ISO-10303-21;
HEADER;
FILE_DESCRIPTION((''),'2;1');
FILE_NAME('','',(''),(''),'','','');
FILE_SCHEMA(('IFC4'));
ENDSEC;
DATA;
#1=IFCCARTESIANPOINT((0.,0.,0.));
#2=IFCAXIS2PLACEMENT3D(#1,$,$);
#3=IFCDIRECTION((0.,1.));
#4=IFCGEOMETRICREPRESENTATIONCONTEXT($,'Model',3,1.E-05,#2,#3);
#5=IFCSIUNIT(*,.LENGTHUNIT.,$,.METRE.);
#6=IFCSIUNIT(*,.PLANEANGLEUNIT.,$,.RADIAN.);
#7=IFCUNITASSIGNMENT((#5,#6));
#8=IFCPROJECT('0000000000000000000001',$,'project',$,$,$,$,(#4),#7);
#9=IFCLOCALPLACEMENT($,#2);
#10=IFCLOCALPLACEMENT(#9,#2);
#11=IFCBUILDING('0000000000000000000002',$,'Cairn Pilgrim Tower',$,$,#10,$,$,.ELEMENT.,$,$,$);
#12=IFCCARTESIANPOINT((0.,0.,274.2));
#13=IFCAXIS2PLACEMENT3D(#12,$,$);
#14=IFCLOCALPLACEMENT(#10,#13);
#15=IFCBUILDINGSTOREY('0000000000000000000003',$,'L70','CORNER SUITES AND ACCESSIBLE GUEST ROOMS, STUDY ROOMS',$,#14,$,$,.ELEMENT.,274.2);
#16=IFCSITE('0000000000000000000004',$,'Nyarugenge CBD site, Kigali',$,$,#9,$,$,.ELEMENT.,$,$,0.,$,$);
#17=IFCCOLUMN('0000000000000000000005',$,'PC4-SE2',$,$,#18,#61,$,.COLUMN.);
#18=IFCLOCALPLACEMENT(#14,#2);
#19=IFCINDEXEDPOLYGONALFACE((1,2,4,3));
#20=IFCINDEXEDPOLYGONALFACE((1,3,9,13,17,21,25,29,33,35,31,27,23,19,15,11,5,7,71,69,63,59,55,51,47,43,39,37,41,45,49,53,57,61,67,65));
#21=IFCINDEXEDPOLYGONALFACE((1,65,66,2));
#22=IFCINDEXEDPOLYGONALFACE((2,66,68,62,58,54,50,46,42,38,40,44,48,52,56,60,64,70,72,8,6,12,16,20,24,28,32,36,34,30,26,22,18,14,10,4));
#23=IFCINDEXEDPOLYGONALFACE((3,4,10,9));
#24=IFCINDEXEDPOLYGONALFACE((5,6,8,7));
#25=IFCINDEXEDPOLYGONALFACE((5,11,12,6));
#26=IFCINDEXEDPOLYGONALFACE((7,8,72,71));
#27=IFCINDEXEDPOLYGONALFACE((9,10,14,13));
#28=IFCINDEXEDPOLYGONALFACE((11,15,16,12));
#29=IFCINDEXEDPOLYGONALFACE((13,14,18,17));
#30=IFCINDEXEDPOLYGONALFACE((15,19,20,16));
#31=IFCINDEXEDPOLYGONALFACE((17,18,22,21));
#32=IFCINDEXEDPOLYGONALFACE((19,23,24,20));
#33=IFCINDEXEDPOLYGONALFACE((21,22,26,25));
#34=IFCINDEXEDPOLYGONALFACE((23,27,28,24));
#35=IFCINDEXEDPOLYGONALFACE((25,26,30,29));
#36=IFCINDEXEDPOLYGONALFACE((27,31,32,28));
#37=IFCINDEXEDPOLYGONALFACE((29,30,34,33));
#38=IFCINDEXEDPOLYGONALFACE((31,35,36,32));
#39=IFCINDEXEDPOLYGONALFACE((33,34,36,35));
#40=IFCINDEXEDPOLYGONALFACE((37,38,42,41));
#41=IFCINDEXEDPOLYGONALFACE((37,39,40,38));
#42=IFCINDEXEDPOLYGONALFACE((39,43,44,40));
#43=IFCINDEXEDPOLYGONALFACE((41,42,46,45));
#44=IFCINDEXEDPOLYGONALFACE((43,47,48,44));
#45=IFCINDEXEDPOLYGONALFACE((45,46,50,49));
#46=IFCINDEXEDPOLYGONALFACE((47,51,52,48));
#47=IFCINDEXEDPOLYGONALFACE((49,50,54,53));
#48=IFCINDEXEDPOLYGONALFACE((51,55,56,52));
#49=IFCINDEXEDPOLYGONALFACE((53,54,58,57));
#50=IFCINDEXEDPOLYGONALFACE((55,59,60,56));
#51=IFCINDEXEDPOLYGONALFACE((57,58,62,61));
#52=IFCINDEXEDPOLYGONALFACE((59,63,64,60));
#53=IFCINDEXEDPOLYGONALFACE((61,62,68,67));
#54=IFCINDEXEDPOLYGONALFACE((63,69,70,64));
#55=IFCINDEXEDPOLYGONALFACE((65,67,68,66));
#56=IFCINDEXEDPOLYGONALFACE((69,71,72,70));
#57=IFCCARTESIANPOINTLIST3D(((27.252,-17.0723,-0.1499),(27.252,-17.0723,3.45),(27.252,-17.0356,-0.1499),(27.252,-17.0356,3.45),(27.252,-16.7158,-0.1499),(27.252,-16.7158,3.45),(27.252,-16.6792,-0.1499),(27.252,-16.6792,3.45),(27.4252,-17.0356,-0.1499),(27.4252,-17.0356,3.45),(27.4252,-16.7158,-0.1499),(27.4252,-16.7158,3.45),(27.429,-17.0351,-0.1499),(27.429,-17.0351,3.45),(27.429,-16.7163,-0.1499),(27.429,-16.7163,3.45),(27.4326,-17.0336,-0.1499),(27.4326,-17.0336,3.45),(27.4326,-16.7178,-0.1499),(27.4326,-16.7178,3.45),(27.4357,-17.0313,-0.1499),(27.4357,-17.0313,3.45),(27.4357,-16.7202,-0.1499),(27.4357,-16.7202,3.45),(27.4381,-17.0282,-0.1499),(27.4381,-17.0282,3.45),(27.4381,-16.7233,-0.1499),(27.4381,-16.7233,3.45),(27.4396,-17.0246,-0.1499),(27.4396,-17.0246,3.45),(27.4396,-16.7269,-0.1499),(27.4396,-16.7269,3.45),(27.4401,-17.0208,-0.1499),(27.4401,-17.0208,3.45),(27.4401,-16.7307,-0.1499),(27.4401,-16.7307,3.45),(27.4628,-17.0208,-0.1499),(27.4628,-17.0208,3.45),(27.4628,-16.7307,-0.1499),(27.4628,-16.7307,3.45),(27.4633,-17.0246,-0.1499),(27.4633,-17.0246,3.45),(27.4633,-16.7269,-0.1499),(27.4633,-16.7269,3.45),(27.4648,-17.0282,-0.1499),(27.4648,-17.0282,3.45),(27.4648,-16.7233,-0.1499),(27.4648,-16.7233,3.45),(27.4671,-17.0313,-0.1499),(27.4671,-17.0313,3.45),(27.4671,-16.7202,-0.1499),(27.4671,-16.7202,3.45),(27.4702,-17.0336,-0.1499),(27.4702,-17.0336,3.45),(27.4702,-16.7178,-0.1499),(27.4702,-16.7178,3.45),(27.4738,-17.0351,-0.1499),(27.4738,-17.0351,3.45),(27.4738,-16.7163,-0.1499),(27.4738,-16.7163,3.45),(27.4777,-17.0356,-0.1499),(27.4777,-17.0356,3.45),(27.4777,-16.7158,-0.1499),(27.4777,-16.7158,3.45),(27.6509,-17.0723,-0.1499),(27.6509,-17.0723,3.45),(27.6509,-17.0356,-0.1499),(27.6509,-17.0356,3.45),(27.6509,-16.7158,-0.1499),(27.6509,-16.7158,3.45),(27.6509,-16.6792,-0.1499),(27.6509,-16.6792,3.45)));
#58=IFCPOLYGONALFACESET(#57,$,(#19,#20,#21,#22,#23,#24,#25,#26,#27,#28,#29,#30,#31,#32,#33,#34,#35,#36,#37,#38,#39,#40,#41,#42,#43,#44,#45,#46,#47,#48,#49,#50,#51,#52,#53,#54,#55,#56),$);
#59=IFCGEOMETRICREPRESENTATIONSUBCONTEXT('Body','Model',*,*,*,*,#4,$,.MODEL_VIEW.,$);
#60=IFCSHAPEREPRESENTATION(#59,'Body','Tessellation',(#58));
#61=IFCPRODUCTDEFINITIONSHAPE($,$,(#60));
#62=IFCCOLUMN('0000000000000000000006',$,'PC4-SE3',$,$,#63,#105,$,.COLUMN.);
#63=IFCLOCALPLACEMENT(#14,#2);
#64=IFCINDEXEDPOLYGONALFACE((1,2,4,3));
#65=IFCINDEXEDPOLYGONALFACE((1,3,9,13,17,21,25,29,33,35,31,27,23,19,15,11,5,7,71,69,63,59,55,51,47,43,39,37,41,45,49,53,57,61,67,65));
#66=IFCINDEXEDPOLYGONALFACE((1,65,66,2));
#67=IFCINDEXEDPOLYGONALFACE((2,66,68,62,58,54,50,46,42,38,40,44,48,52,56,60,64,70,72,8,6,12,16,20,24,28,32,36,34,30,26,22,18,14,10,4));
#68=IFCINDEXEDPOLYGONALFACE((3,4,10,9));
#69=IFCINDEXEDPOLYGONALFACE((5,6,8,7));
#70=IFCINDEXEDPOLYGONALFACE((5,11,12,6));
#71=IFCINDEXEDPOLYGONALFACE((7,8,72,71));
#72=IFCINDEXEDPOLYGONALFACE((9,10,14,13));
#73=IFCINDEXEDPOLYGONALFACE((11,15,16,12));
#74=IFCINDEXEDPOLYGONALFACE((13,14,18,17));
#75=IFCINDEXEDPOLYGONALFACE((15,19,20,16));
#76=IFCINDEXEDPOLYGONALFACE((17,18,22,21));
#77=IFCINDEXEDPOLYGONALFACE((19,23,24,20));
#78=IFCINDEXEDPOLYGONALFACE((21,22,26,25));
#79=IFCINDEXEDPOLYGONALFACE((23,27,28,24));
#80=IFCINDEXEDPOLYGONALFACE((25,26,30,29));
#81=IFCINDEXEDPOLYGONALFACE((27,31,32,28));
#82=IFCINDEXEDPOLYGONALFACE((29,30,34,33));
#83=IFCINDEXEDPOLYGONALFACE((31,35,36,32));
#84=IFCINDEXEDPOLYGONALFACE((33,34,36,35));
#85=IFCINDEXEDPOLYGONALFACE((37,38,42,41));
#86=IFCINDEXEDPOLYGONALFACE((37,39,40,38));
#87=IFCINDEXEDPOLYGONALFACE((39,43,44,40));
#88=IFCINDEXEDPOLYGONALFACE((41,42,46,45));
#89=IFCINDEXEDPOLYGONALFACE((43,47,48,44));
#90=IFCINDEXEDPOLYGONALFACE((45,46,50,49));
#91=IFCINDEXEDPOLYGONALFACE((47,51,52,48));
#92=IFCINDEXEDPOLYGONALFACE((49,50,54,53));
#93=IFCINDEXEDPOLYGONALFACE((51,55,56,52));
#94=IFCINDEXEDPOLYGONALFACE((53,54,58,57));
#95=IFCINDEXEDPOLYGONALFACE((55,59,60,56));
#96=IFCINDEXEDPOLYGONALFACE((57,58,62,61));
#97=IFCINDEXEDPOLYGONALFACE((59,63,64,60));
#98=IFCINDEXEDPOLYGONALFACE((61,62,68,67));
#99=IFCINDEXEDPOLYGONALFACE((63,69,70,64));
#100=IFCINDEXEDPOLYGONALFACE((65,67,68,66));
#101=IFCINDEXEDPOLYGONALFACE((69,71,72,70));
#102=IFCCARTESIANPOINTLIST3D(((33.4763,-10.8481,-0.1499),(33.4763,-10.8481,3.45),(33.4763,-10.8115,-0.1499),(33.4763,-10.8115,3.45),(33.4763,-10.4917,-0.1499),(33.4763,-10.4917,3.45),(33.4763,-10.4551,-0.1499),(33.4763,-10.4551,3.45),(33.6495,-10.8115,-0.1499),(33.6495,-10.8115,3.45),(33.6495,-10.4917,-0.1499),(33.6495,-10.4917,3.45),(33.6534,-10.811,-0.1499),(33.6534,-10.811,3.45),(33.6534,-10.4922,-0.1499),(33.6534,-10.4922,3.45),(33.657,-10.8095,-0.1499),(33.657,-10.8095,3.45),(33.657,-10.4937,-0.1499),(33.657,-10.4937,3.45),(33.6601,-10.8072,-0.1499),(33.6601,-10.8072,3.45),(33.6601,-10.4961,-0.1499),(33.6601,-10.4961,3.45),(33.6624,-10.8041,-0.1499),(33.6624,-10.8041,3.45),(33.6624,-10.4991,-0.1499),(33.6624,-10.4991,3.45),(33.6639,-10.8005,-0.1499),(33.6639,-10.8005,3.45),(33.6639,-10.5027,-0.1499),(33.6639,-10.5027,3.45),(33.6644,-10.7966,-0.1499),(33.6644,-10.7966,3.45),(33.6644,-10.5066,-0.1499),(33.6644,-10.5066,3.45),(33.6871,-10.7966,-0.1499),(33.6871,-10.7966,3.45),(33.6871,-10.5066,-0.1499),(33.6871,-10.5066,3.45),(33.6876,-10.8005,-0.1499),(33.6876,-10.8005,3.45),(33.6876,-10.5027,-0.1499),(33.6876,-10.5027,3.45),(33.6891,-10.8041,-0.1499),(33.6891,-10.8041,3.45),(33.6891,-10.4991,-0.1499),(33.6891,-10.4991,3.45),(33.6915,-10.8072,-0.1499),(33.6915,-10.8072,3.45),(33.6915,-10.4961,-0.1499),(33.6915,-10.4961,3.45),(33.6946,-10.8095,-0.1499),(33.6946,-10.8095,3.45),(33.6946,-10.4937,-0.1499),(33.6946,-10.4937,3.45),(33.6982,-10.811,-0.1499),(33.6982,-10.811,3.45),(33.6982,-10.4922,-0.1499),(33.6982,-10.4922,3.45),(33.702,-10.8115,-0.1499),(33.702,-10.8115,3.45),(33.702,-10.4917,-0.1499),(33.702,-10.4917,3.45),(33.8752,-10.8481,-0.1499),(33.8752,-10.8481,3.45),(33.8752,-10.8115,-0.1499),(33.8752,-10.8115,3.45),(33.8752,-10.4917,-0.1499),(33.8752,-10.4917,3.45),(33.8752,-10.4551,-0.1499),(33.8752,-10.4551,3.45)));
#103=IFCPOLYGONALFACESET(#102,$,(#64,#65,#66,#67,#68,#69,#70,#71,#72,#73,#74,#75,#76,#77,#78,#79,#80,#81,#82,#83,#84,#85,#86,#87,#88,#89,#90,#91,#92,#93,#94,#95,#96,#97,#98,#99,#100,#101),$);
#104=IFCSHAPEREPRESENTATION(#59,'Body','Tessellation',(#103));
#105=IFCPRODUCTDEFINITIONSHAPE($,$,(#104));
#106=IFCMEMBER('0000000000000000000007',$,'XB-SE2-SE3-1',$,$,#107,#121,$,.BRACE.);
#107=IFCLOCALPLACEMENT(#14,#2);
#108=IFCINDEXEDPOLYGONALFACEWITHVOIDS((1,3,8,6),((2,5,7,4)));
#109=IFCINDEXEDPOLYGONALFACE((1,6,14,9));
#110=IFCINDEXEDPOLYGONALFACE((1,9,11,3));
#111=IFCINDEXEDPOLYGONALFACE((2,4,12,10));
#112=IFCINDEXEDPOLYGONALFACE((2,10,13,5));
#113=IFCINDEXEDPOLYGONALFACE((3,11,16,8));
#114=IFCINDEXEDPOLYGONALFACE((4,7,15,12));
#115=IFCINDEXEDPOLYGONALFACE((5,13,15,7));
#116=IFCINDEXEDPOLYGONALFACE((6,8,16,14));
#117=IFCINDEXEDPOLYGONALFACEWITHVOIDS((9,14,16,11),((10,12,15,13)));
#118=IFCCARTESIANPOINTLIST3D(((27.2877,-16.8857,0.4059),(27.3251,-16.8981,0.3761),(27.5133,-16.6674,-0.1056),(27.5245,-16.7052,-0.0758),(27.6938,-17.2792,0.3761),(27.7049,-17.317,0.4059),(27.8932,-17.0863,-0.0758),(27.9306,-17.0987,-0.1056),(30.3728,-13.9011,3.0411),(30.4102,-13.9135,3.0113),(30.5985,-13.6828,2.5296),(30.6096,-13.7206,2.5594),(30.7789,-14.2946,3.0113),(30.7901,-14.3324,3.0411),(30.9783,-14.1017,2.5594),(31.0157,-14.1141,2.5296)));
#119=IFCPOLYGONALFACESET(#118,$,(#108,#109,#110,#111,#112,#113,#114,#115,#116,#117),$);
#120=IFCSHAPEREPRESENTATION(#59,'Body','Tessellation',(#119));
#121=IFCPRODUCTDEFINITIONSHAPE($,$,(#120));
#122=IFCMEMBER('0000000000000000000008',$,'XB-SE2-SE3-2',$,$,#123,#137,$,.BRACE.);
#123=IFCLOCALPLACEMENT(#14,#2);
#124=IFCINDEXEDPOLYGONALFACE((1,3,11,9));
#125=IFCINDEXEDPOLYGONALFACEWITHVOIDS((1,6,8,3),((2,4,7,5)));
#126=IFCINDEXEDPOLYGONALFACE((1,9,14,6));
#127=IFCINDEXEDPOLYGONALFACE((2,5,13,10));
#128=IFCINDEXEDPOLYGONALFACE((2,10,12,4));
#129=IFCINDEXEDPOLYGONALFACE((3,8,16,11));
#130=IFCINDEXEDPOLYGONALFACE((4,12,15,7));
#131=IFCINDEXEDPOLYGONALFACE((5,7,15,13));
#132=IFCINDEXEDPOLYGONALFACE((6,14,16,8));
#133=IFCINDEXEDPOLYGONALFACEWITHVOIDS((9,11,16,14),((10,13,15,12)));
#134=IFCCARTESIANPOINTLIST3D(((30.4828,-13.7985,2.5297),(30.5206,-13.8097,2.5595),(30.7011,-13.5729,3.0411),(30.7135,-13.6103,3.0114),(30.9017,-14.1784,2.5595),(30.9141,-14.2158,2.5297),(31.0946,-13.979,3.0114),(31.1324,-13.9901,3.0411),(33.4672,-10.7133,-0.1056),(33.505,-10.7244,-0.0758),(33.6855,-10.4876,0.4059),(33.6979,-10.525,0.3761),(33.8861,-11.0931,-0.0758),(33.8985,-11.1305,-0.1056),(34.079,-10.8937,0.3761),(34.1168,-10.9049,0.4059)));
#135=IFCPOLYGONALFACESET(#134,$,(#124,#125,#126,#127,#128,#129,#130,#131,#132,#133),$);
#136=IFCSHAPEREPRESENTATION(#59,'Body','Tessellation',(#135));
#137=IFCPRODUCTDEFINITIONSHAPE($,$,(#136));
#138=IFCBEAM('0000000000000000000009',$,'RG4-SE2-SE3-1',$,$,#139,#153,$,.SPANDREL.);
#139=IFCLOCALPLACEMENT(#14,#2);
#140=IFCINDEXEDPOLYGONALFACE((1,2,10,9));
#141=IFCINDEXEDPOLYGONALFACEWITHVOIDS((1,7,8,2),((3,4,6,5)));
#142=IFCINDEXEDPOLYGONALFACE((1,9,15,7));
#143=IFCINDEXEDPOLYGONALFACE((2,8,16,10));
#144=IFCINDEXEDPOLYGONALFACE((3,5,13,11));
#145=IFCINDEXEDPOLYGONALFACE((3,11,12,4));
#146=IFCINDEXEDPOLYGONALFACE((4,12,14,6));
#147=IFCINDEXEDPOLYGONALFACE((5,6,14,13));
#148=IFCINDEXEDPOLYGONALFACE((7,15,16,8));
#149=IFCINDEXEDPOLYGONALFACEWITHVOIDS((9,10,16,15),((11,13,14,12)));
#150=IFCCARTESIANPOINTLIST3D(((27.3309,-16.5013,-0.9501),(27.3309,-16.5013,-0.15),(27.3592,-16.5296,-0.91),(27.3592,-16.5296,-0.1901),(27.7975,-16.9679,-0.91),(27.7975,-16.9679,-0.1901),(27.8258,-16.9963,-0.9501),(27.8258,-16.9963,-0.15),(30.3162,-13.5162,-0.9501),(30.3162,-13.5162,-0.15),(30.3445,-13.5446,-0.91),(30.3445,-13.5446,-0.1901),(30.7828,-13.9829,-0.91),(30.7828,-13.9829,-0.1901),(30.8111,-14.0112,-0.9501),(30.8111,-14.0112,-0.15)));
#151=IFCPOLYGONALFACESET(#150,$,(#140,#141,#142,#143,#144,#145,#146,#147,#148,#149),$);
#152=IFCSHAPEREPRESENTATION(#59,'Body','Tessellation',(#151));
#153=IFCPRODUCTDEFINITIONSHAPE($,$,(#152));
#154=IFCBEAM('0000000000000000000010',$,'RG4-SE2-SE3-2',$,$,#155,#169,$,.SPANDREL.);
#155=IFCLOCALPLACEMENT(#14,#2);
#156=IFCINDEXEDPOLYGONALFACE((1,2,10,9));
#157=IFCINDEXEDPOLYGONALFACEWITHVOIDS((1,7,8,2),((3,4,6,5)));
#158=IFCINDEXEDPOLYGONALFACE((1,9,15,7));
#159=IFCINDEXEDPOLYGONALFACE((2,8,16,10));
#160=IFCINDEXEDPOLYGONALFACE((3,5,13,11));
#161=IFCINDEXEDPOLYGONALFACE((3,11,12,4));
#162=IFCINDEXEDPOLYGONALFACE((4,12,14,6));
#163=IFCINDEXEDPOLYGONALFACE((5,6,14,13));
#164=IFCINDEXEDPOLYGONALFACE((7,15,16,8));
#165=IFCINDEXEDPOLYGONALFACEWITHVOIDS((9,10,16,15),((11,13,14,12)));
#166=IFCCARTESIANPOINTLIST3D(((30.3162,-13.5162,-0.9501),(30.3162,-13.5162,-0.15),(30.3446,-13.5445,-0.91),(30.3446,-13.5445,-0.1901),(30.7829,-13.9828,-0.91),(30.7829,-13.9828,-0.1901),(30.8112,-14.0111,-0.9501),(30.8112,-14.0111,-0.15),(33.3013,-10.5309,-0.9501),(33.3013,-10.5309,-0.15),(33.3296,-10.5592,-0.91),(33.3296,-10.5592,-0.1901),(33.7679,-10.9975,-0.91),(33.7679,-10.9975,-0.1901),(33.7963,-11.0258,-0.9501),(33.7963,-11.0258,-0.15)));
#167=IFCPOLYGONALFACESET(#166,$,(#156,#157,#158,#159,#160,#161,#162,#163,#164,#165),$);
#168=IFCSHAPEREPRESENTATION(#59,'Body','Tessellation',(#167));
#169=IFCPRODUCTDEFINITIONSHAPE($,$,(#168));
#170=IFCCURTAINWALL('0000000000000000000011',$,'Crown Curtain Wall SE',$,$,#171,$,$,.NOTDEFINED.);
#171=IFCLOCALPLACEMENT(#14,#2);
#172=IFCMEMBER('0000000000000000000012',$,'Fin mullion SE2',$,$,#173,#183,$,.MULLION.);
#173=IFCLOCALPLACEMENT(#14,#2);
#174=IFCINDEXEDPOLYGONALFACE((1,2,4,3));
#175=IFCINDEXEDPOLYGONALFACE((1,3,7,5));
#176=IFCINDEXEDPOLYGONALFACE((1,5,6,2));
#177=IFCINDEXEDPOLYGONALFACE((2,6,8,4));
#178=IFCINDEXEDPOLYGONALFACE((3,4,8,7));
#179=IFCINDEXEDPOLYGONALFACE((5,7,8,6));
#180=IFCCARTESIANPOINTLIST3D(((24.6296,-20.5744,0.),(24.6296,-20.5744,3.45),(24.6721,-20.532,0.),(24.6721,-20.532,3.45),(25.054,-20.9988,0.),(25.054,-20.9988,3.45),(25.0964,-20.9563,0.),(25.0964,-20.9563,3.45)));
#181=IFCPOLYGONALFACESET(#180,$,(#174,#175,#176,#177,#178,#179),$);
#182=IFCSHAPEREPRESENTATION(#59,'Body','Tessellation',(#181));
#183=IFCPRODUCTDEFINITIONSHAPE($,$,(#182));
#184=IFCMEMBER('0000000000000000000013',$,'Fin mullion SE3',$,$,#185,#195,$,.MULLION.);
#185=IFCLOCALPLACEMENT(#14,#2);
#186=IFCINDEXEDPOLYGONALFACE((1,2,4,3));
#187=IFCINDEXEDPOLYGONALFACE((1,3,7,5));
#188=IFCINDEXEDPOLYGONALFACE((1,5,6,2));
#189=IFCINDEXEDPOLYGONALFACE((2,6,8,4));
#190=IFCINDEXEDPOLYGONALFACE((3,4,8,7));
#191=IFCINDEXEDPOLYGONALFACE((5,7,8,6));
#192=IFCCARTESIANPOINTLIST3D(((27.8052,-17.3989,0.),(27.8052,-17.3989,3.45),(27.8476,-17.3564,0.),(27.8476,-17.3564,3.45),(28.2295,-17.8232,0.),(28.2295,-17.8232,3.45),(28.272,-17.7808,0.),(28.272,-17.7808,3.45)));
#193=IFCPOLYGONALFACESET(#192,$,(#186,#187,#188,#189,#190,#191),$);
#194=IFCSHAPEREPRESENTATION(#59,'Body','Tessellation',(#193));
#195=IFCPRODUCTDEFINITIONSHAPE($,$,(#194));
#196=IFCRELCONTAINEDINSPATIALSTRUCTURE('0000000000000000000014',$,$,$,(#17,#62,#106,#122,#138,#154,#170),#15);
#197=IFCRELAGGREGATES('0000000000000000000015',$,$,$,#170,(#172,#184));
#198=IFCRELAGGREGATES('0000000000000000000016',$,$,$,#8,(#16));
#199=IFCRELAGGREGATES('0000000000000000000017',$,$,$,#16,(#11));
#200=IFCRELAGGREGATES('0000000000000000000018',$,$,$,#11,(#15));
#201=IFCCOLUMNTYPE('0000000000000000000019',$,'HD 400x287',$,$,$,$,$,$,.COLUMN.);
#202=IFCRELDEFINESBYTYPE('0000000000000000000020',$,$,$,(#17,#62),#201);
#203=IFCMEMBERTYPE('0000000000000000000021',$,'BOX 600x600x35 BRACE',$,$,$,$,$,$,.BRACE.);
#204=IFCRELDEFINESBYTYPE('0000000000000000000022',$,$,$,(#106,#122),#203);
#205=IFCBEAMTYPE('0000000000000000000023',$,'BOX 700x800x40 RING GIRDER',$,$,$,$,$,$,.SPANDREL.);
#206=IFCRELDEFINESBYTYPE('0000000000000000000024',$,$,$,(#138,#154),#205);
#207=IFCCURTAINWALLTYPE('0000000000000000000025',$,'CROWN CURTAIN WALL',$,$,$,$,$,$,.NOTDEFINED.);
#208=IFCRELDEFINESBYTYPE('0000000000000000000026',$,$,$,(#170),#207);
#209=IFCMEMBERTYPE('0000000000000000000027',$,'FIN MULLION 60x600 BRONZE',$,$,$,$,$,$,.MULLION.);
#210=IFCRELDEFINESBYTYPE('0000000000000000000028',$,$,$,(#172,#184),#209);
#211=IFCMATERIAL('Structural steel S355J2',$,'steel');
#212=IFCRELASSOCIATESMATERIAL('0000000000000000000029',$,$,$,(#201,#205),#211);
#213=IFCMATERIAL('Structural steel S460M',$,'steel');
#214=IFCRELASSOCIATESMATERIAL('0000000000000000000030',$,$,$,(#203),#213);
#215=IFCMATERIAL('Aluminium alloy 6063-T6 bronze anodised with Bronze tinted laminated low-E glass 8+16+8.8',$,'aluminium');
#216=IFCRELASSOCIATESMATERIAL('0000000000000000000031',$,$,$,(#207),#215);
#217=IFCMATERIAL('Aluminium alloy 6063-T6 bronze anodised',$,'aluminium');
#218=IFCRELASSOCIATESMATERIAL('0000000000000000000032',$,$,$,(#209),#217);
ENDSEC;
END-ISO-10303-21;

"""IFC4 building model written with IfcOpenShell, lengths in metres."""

from ifc_helpers import new_model, si_unit, direction, frame, origin, origin_2d, place, context, subcontext, project, spatial, rectangle, hollow_rectangle, i_section, extrude, material, material_profile, profile_set, type_object, element, aggregate, save


model = new_model("IFC4")

# Units and contexts
model_context = context("Model", 3, precision=1e-05, world=origin(), true_north=direction((0.0, 1.0)))
body_context = subcontext(model_context, "Body", "Model", "MODEL_VIEW")
ifc_project = project(units=[si_unit("LENGTHUNIT", "METRE"), si_unit("PLANEANGLEUNIT", "RADIAN")], contexts=[model_context])

# Site, building, storey
site_placement = place(None, origin())
site = spatial("IfcSite", under=ifc_project, at=site_placement, Name="Nyarugenge CBD site, Kigali", CompositionType="ELEMENT", RefElevation=0.0)
building_placement = place(site_placement, origin())
building = spatial("IfcBuilding", under=site, at=building_placement, Name="Cairn Pilgrim Tower", CompositionType="ELEMENT")
storey_placement = place(building_placement, frame((0.0, 0.0, 274.2)))
storey = spatial("IfcBuildingStorey", under=building, at=storey_placement, Name="L70", Description="CORNER SUITES AND ACCESSIBLE GUEST ROOMS, STUDY ROOMS", CompositionType="ELEMENT", Elevation=274.2)

# Columns
ifc_material_1 = material(Name="Structural steel S355J2", Category="steel")
ifc_material_profile_1 = material_profile(ifc_material_1, i_section(OverallWidth=0.3989, OverallDepth=0.3931, WebThickness=0.0227, FlangeThickness=0.0366, FilletRadius=0.0149, at=origin_2d()), Name="HD 400x287")
ifc_profile_set_1 = profile_set([ifc_material_profile_1], Name="Structural steel S355J2")
column_type = type_object("IfcColumnType", Name="HD 400x287", PredefinedType="COLUMN", material=ifc_profile_set_1)
for number, where, z_axis, x_axis, name in (
    (1, (27.4514, -16.8757, -0.1499), (0.0, 0.0, 1.0), (1.0, 0.0, 0.0), "PC4-SE2"),
    (2, (33.6758, -10.6516, -0.1499), (0.0, 0.0, 1.0), (1.0, 0.0, 0.0), "PC4-SE3"),
):
    element("IfcColumn", number, at=place(storey_placement, frame(where, z_axis=z_axis, x_axis=x_axis)), inside=storey, type_object=column_type, Name=name, PredefinedType="COLUMN", context=body_context, shape_type="SweptSolid", body=[
        extrude(i_section(OverallWidth=0.3989, OverallDepth=0.3931, WebThickness=0.0227, FlangeThickness=0.0366, FilletRadius=0.0149, at=origin_2d()), origin(), (0.0, 0.0, 1.0), 3.5999),
    ])

# Members
ifc_material_2 = material(Name="Structural steel S460M", Category="steel")
ifc_material_profile_2 = material_profile(ifc_material_2, hollow_rectangle(XDim=0.6001, YDim=0.6001, WallThickness=0.0349, at=origin_2d()), Name="BOX 600x600x35")
ifc_profile_set_2 = profile_set([ifc_material_profile_2], Name="Structural steel S460M")
member_type_1 = type_object("IfcMemberType", Name="BOX 600x600x35 BRACE", PredefinedType="BRACE", material=ifc_profile_set_2)
for number, where, z_axis, x_axis, name in (
    (3, (27.6091, -16.9922, 0.1501), (0.612513, 0.592543, 0.523183), (-0.695294, 0.718726, 0.0), "XB-SE2-SE3-1"),
    (4, (33.792, -10.8091, 0.1501), (-0.592512, -0.61253, 0.523198), (0.718754, -0.695264, 0.0), "XB-SE2-SE3-2"),
):
    element("IfcMember", number, at=place(storey_placement, frame(where, z_axis=z_axis, x_axis=x_axis)), inside=storey, type_object=member_type_1, Name=name, PredefinedType="BRACE", context=body_context, shape_type="SweptSolid", body=[
        extrude(hollow_rectangle(XDim=0.6001, YDim=0.6001, WallThickness=0.0349, at=origin_2d()), origin(), (0.0, 0.0, 1.0), 5.0369),
    ])

# Beams
ifc_material_profile_3 = material_profile(ifc_material_1, hollow_rectangle(XDim=0.7, YDim=0.8, WallThickness=0.04, at=origin_2d()), Name="BOX 700x800x40")
ifc_profile_set_3 = profile_set([ifc_material_profile_3], Name="Structural steel S355J2")
beam_type_1 = type_object("IfcBeamType", Name="BOX 700x800x40 RING GIRDER", PredefinedType="SPANDREL", material=ifc_profile_set_3)
for number, where, z_axis, x_axis, name in (
    (5, (27.5784, -16.7488, -0.55), (0.707136, 0.707078, 0.0), (-0.707078, 0.707136, 0.0), "RG4-SE2-SE3-1"),
    (6, (30.5637, -13.7637, -0.55), (0.707078, 0.707136, 0.0), (-0.707136, 0.707078, 0.0), "RG4-SE2-SE3-2"),
):
    element("IfcBeam", number, at=place(storey_placement, frame(where, z_axis=z_axis, x_axis=x_axis)), inside=storey, type_object=beam_type_1, Name=name, PredefinedType="SPANDREL", context=body_context, shape_type="SweptSolid", body=[
        extrude(hollow_rectangle(XDim=0.7, YDim=0.8, WallThickness=0.04, at=origin_2d()), origin(), (0.0, 0.0, 1.0), 4.2217),
    ])

# Curtain wall, members
ifc_material_3 = material(Name="Aluminium alloy 6063-T6 bronze anodised with Bronze tinted laminated low-E glass 8+16+8.8", Category="aluminium")
curtain_wall_type = type_object("IfcCurtainWallType", Name="CROWN CURTAIN WALL", PredefinedType="NOTDEFINED", material=ifc_material_3)
curtain_wall_placement = place(storey_placement, origin())
curtain_wall = element("IfcCurtainWall", 7, at=curtain_wall_placement, inside=storey, type_object=curtain_wall_type, Name="Crown Curtain Wall SE", PredefinedType="NOTDEFINED")
ifc_material_4 = material(Name="Aluminium alloy 6063-T6 bronze anodised", Category="aluminium")
ifc_material_profile_4 = material_profile(ifc_material_4, rectangle(XDim=0.6001, YDim=0.0601, at=origin_2d()), Name="FIN MULLION 60x600 BRONZE")
ifc_profile_set_4 = profile_set([ifc_material_profile_4], Name="Aluminium alloy 6063-T6 bronze anodised")
member_type_2 = type_object("IfcMemberType", Name="FIN MULLION 60x600 BRONZE", PredefinedType="MULLION", material=ifc_profile_set_4)
member_1_placement = place(storey_placement, frame((24.863, -20.7654, 0.0), z_axis=(0.0, 0.0, 1.0), x_axis=(0.707107, -0.707107, 0.0)))
member_1 = element("IfcMember", 8, at=member_1_placement, type_object=member_type_2, Name="Fin mullion SE2", PredefinedType="MULLION", context=body_context, shape_type="SweptSolid", body=[
    extrude(rectangle(XDim=0.6001, YDim=0.0601, at=origin_2d()), origin(), (0.0, 0.0, 1.0), 3.45),
])
member_2_placement = place(storey_placement, frame((28.0386, -17.5898, 0.0), z_axis=(0.0, 0.0, 1.0), x_axis=(0.707107, -0.707107, 0.0)))
member_2 = element("IfcMember", 9, at=member_2_placement, type_object=member_type_2, Name="Fin mullion SE3", PredefinedType="MULLION", context=body_context, shape_type="SweptSolid", body=[
    extrude(rectangle(XDim=0.6001, YDim=0.0601, at=origin_2d()), origin(), (0.0, 0.0, 1.0), 3.45),
])

aggregate(curtain_wall, [member_1, member_2])

save(model, "model.ifc")
